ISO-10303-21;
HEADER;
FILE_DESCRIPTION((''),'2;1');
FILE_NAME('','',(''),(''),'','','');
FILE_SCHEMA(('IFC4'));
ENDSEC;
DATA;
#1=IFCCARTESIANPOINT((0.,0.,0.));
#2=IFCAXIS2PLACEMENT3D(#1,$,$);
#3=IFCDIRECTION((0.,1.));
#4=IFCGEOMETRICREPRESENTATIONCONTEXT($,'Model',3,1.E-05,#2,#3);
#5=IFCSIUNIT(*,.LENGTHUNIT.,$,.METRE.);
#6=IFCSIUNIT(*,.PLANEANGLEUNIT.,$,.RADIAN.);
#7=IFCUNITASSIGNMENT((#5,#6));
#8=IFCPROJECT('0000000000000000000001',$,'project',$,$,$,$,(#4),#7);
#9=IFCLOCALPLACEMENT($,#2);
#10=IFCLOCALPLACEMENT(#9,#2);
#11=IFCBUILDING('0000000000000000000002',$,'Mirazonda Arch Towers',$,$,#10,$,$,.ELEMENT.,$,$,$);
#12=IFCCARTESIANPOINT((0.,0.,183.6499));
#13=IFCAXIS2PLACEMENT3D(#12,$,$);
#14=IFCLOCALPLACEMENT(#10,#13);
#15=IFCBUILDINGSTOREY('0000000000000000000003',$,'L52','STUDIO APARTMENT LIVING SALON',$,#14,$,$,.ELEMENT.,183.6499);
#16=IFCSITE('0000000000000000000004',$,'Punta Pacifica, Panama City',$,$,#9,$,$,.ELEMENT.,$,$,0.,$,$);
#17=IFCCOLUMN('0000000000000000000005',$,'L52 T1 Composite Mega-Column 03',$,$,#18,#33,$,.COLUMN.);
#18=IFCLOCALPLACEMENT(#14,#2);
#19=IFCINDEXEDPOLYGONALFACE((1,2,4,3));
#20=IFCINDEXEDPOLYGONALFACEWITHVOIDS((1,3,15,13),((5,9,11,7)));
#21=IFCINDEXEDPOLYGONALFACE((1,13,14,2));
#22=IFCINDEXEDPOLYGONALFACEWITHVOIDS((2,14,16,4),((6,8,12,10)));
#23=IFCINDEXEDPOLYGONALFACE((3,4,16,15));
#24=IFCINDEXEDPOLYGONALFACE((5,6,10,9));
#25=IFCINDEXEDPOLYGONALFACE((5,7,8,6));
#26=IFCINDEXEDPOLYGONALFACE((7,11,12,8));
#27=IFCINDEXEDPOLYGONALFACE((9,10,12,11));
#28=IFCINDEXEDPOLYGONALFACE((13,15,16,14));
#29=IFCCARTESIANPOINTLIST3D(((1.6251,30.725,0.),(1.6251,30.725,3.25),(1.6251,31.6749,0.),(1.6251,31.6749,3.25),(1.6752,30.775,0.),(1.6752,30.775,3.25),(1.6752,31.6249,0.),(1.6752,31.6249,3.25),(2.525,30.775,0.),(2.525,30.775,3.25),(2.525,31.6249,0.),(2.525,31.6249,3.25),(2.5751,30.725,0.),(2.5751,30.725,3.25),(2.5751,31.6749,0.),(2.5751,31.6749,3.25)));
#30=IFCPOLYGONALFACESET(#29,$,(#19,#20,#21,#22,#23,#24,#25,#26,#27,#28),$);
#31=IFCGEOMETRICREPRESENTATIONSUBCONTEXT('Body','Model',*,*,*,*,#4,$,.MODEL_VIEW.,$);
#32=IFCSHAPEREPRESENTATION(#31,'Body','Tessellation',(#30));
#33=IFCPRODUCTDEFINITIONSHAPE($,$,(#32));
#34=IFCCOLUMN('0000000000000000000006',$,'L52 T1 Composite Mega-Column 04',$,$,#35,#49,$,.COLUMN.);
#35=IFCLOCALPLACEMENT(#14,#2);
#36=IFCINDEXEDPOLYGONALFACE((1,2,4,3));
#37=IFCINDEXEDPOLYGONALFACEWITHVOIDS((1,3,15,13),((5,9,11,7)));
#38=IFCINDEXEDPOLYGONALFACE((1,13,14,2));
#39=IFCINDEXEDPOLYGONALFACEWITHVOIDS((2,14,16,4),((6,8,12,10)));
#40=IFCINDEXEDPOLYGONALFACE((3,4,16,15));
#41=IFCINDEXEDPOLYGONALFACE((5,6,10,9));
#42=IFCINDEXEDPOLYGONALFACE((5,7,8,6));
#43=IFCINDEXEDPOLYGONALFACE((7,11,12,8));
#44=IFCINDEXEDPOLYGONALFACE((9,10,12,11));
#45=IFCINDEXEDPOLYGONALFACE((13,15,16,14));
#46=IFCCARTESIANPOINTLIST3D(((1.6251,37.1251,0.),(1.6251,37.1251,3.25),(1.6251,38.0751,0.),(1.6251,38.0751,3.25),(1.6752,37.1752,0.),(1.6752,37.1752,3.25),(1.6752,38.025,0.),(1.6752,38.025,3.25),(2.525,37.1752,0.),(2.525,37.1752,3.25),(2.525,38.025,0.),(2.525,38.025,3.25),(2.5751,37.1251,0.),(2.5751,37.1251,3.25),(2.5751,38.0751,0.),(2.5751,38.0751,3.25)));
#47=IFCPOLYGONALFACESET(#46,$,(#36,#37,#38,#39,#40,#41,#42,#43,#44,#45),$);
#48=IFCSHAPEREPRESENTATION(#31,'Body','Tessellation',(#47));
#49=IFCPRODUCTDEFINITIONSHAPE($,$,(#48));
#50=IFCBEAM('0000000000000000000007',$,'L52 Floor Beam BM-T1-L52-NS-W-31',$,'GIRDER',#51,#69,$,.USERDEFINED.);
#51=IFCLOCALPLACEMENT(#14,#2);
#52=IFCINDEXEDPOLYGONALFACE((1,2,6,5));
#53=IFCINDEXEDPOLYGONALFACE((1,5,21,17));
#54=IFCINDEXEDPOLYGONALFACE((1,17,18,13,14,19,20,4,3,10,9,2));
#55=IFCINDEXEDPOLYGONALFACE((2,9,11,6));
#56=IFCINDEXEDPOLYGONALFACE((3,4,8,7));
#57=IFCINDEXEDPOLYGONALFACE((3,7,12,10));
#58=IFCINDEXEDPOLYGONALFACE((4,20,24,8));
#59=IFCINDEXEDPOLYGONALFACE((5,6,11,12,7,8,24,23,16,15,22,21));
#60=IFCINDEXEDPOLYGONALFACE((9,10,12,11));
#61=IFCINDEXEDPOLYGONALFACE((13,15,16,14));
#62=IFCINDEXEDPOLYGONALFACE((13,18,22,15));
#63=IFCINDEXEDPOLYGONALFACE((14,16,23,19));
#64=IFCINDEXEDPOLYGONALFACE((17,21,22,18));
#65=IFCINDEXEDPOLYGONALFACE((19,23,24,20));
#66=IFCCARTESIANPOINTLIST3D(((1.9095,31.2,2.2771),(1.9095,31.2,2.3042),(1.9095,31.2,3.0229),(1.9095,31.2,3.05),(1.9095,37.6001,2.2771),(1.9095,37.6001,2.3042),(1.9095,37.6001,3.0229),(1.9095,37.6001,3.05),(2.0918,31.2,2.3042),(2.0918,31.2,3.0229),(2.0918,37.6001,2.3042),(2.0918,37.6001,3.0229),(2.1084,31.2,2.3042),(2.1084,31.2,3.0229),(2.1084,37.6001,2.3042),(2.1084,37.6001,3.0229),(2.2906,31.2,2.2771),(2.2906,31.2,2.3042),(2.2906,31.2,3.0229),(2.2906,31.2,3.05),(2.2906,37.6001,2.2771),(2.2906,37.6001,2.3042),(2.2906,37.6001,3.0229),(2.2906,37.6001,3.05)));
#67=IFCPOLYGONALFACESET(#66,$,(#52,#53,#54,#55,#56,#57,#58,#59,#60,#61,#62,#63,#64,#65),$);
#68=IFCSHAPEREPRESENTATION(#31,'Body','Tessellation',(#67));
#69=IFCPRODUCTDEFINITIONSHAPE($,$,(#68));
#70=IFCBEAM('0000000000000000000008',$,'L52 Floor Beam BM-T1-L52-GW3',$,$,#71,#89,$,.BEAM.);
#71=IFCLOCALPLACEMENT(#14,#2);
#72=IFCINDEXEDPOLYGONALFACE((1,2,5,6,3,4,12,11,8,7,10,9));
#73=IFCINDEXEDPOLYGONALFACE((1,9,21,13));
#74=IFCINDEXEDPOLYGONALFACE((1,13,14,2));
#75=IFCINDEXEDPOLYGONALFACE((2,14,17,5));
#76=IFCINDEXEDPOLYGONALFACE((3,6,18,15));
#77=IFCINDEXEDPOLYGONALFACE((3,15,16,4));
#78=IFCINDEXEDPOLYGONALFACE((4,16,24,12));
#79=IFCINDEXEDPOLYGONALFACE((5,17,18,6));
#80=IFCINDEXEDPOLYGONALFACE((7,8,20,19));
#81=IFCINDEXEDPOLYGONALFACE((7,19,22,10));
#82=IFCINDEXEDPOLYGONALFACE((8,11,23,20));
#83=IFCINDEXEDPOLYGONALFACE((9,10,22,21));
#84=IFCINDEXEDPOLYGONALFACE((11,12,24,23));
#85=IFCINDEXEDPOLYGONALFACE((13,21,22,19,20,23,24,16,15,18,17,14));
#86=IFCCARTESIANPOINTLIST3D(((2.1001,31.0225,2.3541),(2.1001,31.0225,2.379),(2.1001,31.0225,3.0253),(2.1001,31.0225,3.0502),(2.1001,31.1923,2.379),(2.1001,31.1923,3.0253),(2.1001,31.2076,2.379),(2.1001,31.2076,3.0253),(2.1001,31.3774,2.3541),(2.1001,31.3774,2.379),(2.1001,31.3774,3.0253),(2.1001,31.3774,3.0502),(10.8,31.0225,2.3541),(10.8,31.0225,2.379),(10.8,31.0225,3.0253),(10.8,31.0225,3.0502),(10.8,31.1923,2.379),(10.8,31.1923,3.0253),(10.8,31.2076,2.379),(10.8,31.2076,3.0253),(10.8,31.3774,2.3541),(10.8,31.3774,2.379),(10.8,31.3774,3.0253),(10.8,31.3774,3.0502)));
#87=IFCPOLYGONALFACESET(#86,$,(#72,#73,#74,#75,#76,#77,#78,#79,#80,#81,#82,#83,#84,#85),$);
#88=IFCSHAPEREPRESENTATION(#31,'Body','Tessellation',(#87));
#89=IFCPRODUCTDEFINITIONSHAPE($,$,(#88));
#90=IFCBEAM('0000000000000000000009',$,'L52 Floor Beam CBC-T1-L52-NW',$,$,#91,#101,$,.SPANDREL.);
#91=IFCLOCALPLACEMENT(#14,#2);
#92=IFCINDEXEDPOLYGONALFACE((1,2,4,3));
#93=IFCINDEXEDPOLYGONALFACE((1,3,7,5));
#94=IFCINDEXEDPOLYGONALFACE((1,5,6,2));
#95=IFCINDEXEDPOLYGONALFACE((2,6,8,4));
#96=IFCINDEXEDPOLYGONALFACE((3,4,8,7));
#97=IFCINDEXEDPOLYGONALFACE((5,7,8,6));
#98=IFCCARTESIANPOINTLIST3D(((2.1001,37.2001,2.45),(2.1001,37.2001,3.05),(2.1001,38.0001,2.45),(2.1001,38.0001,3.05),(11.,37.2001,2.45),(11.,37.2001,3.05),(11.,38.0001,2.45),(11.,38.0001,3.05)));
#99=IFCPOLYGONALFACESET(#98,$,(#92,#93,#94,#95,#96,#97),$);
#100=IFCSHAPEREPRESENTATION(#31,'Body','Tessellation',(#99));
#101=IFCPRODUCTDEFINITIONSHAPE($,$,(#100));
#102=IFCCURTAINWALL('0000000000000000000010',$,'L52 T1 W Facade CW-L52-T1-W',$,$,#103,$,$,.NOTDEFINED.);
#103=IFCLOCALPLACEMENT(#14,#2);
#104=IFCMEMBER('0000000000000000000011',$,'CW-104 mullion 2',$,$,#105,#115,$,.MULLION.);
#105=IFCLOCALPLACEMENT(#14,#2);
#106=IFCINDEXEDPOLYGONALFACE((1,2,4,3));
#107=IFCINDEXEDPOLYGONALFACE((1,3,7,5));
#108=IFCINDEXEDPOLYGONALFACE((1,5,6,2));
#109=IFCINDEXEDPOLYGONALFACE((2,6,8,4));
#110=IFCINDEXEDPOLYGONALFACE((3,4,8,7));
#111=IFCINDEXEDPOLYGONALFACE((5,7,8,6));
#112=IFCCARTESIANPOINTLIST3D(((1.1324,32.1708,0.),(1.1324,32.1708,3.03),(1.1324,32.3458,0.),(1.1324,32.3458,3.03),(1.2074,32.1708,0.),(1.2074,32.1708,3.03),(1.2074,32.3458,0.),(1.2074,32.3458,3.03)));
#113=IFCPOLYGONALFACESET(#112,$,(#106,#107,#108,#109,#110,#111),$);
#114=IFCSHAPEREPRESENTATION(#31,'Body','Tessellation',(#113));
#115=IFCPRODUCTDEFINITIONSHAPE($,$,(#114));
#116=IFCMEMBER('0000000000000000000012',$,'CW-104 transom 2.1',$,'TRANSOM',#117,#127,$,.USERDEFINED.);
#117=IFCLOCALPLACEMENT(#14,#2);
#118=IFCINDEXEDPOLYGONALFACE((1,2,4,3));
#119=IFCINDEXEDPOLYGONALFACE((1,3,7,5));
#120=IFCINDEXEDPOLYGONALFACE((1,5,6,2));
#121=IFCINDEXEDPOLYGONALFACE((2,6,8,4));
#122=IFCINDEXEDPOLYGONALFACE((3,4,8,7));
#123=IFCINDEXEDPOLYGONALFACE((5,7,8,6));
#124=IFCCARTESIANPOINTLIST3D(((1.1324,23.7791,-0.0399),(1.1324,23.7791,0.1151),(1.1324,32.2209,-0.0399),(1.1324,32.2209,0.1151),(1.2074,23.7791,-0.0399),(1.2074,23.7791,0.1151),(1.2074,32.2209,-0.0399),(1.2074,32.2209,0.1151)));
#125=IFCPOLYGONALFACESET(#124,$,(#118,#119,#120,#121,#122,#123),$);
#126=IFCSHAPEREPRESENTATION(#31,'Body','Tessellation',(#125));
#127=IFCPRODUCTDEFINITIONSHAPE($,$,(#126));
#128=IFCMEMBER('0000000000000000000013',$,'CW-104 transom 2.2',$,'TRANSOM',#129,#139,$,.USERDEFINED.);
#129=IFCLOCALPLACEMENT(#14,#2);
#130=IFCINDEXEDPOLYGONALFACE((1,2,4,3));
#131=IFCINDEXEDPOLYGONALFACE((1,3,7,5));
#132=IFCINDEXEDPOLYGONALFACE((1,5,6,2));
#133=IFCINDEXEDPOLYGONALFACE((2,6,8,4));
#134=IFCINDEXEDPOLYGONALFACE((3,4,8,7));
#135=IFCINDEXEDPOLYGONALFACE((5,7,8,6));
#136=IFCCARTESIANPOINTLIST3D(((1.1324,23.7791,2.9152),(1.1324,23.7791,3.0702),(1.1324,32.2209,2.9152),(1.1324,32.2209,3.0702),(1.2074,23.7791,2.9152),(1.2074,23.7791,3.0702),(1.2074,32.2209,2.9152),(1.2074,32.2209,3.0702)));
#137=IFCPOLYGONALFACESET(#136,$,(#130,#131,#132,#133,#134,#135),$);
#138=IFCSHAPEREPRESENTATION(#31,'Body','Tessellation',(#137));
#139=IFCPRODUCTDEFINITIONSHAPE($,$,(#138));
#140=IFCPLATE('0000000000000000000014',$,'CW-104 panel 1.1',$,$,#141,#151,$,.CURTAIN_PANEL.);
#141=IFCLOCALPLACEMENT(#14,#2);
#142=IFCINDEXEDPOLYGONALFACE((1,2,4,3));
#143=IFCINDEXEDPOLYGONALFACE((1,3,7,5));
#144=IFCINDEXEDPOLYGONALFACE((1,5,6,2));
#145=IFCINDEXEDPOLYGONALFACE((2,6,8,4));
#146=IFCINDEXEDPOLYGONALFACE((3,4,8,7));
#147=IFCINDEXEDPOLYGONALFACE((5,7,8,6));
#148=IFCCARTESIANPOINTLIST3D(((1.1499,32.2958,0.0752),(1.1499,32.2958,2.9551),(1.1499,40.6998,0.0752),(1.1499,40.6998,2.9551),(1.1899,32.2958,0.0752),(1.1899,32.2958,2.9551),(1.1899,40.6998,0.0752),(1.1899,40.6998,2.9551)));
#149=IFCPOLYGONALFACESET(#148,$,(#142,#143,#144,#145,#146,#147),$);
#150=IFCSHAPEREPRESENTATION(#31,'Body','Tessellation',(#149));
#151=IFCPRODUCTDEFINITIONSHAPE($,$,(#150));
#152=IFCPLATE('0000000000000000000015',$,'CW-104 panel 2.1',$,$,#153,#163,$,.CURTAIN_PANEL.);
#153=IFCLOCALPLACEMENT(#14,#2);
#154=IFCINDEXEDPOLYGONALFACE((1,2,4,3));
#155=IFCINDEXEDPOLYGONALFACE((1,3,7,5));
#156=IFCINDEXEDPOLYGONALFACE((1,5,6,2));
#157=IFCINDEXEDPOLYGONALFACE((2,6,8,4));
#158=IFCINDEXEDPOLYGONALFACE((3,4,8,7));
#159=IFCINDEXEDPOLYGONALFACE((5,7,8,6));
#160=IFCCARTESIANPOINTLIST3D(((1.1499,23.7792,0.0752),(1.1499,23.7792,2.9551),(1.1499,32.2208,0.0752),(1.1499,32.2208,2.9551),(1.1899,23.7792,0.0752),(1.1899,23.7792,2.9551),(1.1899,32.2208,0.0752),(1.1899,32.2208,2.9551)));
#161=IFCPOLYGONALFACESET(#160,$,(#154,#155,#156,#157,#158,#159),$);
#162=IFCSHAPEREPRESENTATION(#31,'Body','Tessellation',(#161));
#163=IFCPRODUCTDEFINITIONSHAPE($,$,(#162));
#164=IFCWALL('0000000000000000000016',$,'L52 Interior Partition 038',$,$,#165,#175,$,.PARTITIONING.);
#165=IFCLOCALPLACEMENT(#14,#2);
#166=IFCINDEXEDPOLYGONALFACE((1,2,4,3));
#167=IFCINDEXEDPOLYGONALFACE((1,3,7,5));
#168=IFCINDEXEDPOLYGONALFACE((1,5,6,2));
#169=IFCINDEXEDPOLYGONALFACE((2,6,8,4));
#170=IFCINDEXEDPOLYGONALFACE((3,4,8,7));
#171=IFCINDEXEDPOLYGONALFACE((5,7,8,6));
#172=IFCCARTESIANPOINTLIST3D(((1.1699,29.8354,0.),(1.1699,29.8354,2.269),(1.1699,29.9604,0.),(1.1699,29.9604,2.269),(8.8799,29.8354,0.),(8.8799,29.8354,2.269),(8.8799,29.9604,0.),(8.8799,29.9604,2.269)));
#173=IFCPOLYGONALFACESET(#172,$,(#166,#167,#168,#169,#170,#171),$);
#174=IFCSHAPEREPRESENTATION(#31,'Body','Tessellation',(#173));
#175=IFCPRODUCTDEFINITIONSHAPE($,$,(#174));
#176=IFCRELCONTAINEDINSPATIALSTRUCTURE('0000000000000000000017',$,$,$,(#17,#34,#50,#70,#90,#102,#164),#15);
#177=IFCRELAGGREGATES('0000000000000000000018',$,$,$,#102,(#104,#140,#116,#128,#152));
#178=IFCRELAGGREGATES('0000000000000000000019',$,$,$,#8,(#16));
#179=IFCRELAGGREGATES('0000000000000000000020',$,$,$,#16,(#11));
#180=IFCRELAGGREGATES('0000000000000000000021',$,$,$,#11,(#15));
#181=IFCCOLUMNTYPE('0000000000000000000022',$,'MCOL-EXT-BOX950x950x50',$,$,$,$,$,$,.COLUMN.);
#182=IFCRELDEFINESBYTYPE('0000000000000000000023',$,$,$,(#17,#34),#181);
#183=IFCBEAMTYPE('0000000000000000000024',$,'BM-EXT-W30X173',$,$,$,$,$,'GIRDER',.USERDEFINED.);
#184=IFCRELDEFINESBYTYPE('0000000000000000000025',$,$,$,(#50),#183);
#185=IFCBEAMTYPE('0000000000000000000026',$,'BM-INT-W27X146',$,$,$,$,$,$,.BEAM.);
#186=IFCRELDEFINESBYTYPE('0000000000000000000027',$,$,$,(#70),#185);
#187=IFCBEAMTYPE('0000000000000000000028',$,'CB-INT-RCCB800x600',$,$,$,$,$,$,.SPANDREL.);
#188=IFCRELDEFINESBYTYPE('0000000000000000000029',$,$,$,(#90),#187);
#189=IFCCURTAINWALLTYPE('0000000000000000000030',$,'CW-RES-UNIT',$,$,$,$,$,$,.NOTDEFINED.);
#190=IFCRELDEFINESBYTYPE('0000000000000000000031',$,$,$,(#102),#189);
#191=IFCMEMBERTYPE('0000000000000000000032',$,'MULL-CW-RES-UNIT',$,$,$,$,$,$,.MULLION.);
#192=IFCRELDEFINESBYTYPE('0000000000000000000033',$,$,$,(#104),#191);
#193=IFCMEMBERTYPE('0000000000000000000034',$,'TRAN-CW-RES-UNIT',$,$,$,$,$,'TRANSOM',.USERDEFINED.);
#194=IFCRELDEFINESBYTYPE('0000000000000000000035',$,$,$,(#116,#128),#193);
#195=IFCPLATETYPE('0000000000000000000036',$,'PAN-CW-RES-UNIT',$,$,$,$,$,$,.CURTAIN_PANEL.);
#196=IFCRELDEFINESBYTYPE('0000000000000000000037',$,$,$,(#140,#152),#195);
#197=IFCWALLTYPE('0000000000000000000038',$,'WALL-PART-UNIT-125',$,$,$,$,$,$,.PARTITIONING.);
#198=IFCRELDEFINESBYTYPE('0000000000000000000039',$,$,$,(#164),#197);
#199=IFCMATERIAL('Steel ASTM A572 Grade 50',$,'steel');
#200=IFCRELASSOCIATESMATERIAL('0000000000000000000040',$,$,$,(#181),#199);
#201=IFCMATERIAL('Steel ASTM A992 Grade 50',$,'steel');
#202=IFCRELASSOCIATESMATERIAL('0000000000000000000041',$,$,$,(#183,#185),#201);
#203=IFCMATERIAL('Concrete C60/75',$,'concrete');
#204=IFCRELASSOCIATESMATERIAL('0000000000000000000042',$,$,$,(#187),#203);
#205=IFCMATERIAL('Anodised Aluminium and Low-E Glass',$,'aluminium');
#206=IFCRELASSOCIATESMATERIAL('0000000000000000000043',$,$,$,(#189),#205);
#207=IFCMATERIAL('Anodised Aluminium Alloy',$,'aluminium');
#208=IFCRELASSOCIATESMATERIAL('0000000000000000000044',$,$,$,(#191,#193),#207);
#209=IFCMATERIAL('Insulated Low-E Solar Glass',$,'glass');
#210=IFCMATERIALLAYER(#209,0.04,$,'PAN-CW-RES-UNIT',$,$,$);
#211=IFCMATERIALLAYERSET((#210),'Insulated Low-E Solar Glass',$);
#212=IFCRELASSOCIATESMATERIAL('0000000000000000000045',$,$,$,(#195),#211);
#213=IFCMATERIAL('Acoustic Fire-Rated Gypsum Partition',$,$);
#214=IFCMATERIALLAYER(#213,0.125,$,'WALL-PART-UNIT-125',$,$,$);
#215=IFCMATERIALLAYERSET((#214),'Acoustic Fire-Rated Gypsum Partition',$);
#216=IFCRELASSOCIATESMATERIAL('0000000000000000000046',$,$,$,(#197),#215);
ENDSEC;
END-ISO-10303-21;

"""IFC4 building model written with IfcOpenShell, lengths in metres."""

from ifc_helpers import new_model, si_unit, direction, frame, frame_2d, origin, origin_2d, place, context, subcontext, project, spatial, rectangle, hollow_rectangle, i_section, extrude, material, layer, layer_set, material_profile, profile_set, type_object, element, aggregate, save


model = new_model("IFC4")

# Units and contexts
model_context = context("Model", 3, precision=1e-05, world=origin(), true_north=direction((0.0, 1.0)))
body_context = subcontext(model_context, "Body", "Model", "MODEL_VIEW")
ifc_project = project(units=[si_unit("LENGTHUNIT", "METRE"), si_unit("PLANEANGLEUNIT", "RADIAN")], contexts=[model_context])

# Site, building, storey
site_placement = place(None, origin())
site = spatial("IfcSite", under=ifc_project, at=site_placement, Name="Punta Pacifica, Panama City", CompositionType="ELEMENT", RefElevation=0.0)
building_placement = place(site_placement, origin())
building = spatial("IfcBuilding", under=site, at=building_placement, Name="Mirazonda Arch Towers", CompositionType="ELEMENT")
storey_placement = place(building_placement, frame((0.0, 0.0, 183.6499)))
storey = spatial("IfcBuildingStorey", under=building, at=storey_placement, Name="L52", Description="STUDIO APARTMENT LIVING SALON", CompositionType="ELEMENT", Elevation=183.6499)

# Columns
ifc_material_1 = material(Name="Steel ASTM A572 Grade 50", Category="steel")
ifc_material_profile_1 = material_profile(ifc_material_1, hollow_rectangle(XDim=0.95, YDim=0.95, WallThickness=0.05, at=origin_2d()), Name="BOX950x950x50")
ifc_profile_set_1 = profile_set([ifc_material_profile_1], Name="Steel ASTM A572 Grade 50")
column_type = type_object("IfcColumnType", Name="MCOL-EXT-BOX950x950x50", PredefinedType="COLUMN", material=ifc_profile_set_1)
for number, where, z_axis, x_axis, name in (
    (1, (2.1001, 31.2, 0.0), (0.0, 0.0, 1.0), (1.0, 0.0, 0.0), "L52 T1 Composite Mega-Column 03"),
    (2, (2.1001, 37.6001, 0.0), (0.0, 0.0, 1.0), (1.0, 0.0, 0.0), "L52 T1 Composite Mega-Column 04"),
):
    element("IfcColumn", number, at=place(storey_placement, frame(where, z_axis=z_axis, x_axis=x_axis)), inside=storey, type_object=column_type, Name=name, PredefinedType="COLUMN", context=body_context, shape_type="SweptSolid", body=[
        extrude(hollow_rectangle(XDim=0.95, YDim=0.95, WallThickness=0.05, at=origin_2d()), origin(), (0.0, 0.0, 1.0), 3.25),
    ])

# Beams
ifc_material_2 = material(Name="Steel ASTM A992 Grade 50", Category="steel")
ifc_material_profile_2 = material_profile(ifc_material_2, i_section(OverallWidth=0.3811, OverallDepth=0.7729, WebThickness=0.0166, FlangeThickness=0.0271, at=origin_2d()), Name="W30X173")
ifc_profile_set_2 = profile_set([ifc_material_profile_2], Name="Steel ASTM A992 Grade 50")
beam_type_1 = type_object("IfcBeamType", Name="BM-EXT-W30X173", ElementType="GIRDER", PredefinedType="USERDEFINED", material=ifc_profile_set_2)
beam_1_placement = place(storey_placement, frame((2.1001, 31.2, 2.6636), z_axis=(0.0, 1.0, 0.0), x_axis=(-1.0, 0.0, 0.0)))
element("IfcBeam", 3, at=beam_1_placement, inside=storey, type_object=beam_type_1, Name="L52 Floor Beam BM-T1-L52-NS-W-31", ObjectType="GIRDER", PredefinedType="USERDEFINED", context=body_context, shape_type="SweptSolid", body=[
    extrude(i_section(OverallWidth=0.3811, OverallDepth=0.7729, WebThickness=0.0166, FlangeThickness=0.0271, at=origin_2d()), origin(), (0.0, 0.0, 1.0), 6.4001),
])
ifc_material_profile_3 = material_profile(ifc_material_2, i_section(OverallWidth=0.355, OverallDepth=0.696, WebThickness=0.0154, FlangeThickness=0.0249, at=origin_2d()), Name="W27X146")
ifc_profile_set_3 = profile_set([ifc_material_profile_3], Name="Steel ASTM A992 Grade 50")
beam_type_2 = type_object("IfcBeamType", Name="BM-INT-W27X146", PredefinedType="BEAM", material=ifc_profile_set_3)
beam_2_placement = place(storey_placement, frame((2.1001, 31.2, 2.7021), z_axis=(1.0, 0.0, 0.0), x_axis=(0.0, 1.0, 0.0)))
element("IfcBeam", 4, at=beam_2_placement, inside=storey, type_object=beam_type_2, Name="L52 Floor Beam BM-T1-L52-GW3", PredefinedType="BEAM", context=body_context, shape_type="SweptSolid", body=[
    extrude(i_section(OverallWidth=0.355, OverallDepth=0.696, WebThickness=0.0154, FlangeThickness=0.0249, at=origin_2d()), origin(), (0.0, 0.0, 1.0), 8.7),
])
ifc_material_3 = material(Name="Concrete C60/75", Category="concrete")
ifc_material_profile_4 = material_profile(ifc_material_3, rectangle(XDim=0.8, YDim=0.6001, at=origin_2d()), Name="RCCB800x600")
ifc_profile_set_4 = profile_set([ifc_material_profile_4], Name="Concrete C60/75")
beam_type_3 = type_object("IfcBeamType", Name="CB-INT-RCCB800x600", PredefinedType="SPANDREL", material=ifc_profile_set_4)
beam_3_placement = place(storey_placement, frame((2.1001, 37.6001, 2.75), z_axis=(1.0, 0.0, 0.0), x_axis=(0.0, 1.0, 0.0)))
element("IfcBeam", 5, at=beam_3_placement, inside=storey, type_object=beam_type_3, Name="L52 Floor Beam CBC-T1-L52-NW", PredefinedType="SPANDREL", context=body_context, shape_type="SweptSolid", body=[
    extrude(rectangle(XDim=0.8, YDim=0.6001, at=origin_2d()), origin(), (0.0, 0.0, 1.0), 8.8999),
])

# Curtain wall, members, plates
ifc_material_4 = material(Name="Anodised Aluminium and Low-E Glass", Category="aluminium")
curtain_wall_type = type_object("IfcCurtainWallType", Name="CW-RES-UNIT", PredefinedType="NOTDEFINED", material=ifc_material_4)
curtain_wall_placement = place(storey_placement, origin())
curtain_wall = element("IfcCurtainWall", 6, at=curtain_wall_placement, inside=storey, type_object=curtain_wall_type, Name="L52 T1 W Facade CW-L52-T1-W", PredefinedType="NOTDEFINED")
ifc_material_5 = material(Name="Anodised Aluminium Alloy", Category="aluminium")
ifc_material_profile_5 = material_profile(ifc_material_5, rectangle(XDim=0.075, YDim=0.175, at=origin_2d()), Name="ALU-MULL-75x175")
ifc_profile_set_5 = profile_set([ifc_material_profile_5], Name="Anodised Aluminium Alloy")
member_type_1 = type_object("IfcMemberType", Name="MULL-CW-RES-UNIT", PredefinedType="MULLION", material=ifc_profile_set_5)
member_1_placement = place(storey_placement, frame((1.1699, 32.2583, 0.0), z_axis=(0.0, 0.0, 1.0), x_axis=(1.0, 0.0, 0.0)))
member_1 = element("IfcMember", 7, at=member_1_placement, type_object=member_type_1, Name="CW-104 mullion 2", PredefinedType="MULLION", context=body_context, shape_type="SweptSolid", body=[
    extrude(rectangle(XDim=0.075, YDim=0.175, at=origin_2d()), origin(), (0.0, 0.0, 1.0), 3.03),
])
ifc_material_profile_6 = material_profile(ifc_material_5, rectangle(XDim=0.075, YDim=0.155, at=origin_2d()), Name="ALU-TRAN-75x155")
ifc_profile_set_6 = profile_set([ifc_material_profile_6], Name="Anodised Aluminium Alloy")
member_type_2 = type_object("IfcMemberType", Name="TRAN-CW-RES-UNIT", ElementType="TRANSOM", PredefinedType="USERDEFINED", material=ifc_profile_set_6)
member_2_placement = place(storey_placement, frame((1.1699, 32.2209, 0.0376), z_axis=(0.0, -1.0, 0.0), x_axis=(1.0, 0.0, 0.0)))
member_2 = element("IfcMember", 8, at=member_2_placement, type_object=member_type_2, Name="CW-104 transom 2.1", ObjectType="TRANSOM", PredefinedType="USERDEFINED", context=body_context, shape_type="SweptSolid", body=[
    extrude(rectangle(XDim=0.075, YDim=0.155, at=origin_2d()), origin(), (0.0, 0.0, 1.0), 8.4419),
])
member_3_placement = place(storey_placement, frame((1.1699, 32.2209, 2.9927), z_axis=(0.0, -1.0, 0.0), x_axis=(1.0, 0.0, 0.0)))
member_3 = element("IfcMember", 9, at=member_3_placement, type_object=member_type_2, Name="CW-104 transom 2.2", ObjectType="TRANSOM", PredefinedType="USERDEFINED", context=body_context, shape_type="SweptSolid", body=[
    extrude(rectangle(XDim=0.075, YDim=0.155, at=origin_2d()), origin(), (0.0, 0.0, 1.0), 8.4419),
])
ifc_material_6 = material(Name="Insulated Low-E Solar Glass", Category="glass")
ifc_layer_1 = layer(ifc_material_6, 0.04, Name="PAN-CW-RES-UNIT")
ifc_layer_set_1 = layer_set([ifc_layer_1], Name="Insulated Low-E Solar Glass")
plate_type = type_object("IfcPlateType", Name="PAN-CW-RES-UNIT", PredefinedType="CURTAIN_PANEL", material=ifc_layer_set_1)
plate_1_placement = place(storey_placement, frame((1.1699, 36.4978, 0.0752), z_axis=(0.0, 0.0, 1.0), x_axis=(0.0, -1.0, 0.0)))
plate_1 = element("IfcPlate", 10, at=plate_1_placement, type_object=plate_type, Name="CW-104 panel 1.1", PredefinedType="CURTAIN_PANEL", context=body_context, shape_type="SweptSolid", body=[
    extrude(rectangle(XDim=8.4041, YDim=0.04, at=origin_2d()), origin(), (0.0, 0.0, 1.0), 2.8799),
])
plate_2_placement = place(storey_placement, frame((1.1699, 28.0, 0.0752), z_axis=(0.0, 0.0, 1.0), x_axis=(0.0, -1.0, 0.0)))
plate_2 = element("IfcPlate", 11, at=plate_2_placement, type_object=plate_type, Name="CW-104 panel 2.1", PredefinedType="CURTAIN_PANEL", context=body_context, shape_type="SweptSolid", body=[
    extrude(rectangle(XDim=8.4417, YDim=0.04, at=origin_2d()), origin(), (0.0, 0.0, 1.0), 2.8799),
])
aggregate(curtain_wall, [member_1, plate_1, member_2, member_3, plate_2])

# Wall
ifc_material_7 = material(Name="Acoustic Fire-Rated Gypsum Partition")
ifc_layer_2 = layer(ifc_material_7, 0.125, Name="WALL-PART-UNIT-125")
ifc_layer_set_2 = layer_set([ifc_layer_2], Name="Acoustic Fire-Rated Gypsum Partition")
wall_type_1 = type_object("IfcWallType", Name="WALL-PART-UNIT-125", PredefinedType="PARTITIONING", material=ifc_layer_set_2)
wall_1_placement = place(storey_placement, frame((1.1699, 29.8979, 0.0), z_axis=(0.0, 0.0, 1.0), x_axis=(1.0, 0.0, 0.0)))
element("IfcWall", 12, at=wall_1_placement, inside=storey, type_object=wall_type_1, Name="L52 Interior Partition 038", PredefinedType="PARTITIONING", context=body_context, shape_type="SweptSolid", body=[
    extrude(rectangle(XDim=7.71, YDim=0.125, at=frame_2d((3.855, 0.0))), origin(), (0.0, 0.0, 1.0), 2.269),
])

save(model, "model.ifc")
